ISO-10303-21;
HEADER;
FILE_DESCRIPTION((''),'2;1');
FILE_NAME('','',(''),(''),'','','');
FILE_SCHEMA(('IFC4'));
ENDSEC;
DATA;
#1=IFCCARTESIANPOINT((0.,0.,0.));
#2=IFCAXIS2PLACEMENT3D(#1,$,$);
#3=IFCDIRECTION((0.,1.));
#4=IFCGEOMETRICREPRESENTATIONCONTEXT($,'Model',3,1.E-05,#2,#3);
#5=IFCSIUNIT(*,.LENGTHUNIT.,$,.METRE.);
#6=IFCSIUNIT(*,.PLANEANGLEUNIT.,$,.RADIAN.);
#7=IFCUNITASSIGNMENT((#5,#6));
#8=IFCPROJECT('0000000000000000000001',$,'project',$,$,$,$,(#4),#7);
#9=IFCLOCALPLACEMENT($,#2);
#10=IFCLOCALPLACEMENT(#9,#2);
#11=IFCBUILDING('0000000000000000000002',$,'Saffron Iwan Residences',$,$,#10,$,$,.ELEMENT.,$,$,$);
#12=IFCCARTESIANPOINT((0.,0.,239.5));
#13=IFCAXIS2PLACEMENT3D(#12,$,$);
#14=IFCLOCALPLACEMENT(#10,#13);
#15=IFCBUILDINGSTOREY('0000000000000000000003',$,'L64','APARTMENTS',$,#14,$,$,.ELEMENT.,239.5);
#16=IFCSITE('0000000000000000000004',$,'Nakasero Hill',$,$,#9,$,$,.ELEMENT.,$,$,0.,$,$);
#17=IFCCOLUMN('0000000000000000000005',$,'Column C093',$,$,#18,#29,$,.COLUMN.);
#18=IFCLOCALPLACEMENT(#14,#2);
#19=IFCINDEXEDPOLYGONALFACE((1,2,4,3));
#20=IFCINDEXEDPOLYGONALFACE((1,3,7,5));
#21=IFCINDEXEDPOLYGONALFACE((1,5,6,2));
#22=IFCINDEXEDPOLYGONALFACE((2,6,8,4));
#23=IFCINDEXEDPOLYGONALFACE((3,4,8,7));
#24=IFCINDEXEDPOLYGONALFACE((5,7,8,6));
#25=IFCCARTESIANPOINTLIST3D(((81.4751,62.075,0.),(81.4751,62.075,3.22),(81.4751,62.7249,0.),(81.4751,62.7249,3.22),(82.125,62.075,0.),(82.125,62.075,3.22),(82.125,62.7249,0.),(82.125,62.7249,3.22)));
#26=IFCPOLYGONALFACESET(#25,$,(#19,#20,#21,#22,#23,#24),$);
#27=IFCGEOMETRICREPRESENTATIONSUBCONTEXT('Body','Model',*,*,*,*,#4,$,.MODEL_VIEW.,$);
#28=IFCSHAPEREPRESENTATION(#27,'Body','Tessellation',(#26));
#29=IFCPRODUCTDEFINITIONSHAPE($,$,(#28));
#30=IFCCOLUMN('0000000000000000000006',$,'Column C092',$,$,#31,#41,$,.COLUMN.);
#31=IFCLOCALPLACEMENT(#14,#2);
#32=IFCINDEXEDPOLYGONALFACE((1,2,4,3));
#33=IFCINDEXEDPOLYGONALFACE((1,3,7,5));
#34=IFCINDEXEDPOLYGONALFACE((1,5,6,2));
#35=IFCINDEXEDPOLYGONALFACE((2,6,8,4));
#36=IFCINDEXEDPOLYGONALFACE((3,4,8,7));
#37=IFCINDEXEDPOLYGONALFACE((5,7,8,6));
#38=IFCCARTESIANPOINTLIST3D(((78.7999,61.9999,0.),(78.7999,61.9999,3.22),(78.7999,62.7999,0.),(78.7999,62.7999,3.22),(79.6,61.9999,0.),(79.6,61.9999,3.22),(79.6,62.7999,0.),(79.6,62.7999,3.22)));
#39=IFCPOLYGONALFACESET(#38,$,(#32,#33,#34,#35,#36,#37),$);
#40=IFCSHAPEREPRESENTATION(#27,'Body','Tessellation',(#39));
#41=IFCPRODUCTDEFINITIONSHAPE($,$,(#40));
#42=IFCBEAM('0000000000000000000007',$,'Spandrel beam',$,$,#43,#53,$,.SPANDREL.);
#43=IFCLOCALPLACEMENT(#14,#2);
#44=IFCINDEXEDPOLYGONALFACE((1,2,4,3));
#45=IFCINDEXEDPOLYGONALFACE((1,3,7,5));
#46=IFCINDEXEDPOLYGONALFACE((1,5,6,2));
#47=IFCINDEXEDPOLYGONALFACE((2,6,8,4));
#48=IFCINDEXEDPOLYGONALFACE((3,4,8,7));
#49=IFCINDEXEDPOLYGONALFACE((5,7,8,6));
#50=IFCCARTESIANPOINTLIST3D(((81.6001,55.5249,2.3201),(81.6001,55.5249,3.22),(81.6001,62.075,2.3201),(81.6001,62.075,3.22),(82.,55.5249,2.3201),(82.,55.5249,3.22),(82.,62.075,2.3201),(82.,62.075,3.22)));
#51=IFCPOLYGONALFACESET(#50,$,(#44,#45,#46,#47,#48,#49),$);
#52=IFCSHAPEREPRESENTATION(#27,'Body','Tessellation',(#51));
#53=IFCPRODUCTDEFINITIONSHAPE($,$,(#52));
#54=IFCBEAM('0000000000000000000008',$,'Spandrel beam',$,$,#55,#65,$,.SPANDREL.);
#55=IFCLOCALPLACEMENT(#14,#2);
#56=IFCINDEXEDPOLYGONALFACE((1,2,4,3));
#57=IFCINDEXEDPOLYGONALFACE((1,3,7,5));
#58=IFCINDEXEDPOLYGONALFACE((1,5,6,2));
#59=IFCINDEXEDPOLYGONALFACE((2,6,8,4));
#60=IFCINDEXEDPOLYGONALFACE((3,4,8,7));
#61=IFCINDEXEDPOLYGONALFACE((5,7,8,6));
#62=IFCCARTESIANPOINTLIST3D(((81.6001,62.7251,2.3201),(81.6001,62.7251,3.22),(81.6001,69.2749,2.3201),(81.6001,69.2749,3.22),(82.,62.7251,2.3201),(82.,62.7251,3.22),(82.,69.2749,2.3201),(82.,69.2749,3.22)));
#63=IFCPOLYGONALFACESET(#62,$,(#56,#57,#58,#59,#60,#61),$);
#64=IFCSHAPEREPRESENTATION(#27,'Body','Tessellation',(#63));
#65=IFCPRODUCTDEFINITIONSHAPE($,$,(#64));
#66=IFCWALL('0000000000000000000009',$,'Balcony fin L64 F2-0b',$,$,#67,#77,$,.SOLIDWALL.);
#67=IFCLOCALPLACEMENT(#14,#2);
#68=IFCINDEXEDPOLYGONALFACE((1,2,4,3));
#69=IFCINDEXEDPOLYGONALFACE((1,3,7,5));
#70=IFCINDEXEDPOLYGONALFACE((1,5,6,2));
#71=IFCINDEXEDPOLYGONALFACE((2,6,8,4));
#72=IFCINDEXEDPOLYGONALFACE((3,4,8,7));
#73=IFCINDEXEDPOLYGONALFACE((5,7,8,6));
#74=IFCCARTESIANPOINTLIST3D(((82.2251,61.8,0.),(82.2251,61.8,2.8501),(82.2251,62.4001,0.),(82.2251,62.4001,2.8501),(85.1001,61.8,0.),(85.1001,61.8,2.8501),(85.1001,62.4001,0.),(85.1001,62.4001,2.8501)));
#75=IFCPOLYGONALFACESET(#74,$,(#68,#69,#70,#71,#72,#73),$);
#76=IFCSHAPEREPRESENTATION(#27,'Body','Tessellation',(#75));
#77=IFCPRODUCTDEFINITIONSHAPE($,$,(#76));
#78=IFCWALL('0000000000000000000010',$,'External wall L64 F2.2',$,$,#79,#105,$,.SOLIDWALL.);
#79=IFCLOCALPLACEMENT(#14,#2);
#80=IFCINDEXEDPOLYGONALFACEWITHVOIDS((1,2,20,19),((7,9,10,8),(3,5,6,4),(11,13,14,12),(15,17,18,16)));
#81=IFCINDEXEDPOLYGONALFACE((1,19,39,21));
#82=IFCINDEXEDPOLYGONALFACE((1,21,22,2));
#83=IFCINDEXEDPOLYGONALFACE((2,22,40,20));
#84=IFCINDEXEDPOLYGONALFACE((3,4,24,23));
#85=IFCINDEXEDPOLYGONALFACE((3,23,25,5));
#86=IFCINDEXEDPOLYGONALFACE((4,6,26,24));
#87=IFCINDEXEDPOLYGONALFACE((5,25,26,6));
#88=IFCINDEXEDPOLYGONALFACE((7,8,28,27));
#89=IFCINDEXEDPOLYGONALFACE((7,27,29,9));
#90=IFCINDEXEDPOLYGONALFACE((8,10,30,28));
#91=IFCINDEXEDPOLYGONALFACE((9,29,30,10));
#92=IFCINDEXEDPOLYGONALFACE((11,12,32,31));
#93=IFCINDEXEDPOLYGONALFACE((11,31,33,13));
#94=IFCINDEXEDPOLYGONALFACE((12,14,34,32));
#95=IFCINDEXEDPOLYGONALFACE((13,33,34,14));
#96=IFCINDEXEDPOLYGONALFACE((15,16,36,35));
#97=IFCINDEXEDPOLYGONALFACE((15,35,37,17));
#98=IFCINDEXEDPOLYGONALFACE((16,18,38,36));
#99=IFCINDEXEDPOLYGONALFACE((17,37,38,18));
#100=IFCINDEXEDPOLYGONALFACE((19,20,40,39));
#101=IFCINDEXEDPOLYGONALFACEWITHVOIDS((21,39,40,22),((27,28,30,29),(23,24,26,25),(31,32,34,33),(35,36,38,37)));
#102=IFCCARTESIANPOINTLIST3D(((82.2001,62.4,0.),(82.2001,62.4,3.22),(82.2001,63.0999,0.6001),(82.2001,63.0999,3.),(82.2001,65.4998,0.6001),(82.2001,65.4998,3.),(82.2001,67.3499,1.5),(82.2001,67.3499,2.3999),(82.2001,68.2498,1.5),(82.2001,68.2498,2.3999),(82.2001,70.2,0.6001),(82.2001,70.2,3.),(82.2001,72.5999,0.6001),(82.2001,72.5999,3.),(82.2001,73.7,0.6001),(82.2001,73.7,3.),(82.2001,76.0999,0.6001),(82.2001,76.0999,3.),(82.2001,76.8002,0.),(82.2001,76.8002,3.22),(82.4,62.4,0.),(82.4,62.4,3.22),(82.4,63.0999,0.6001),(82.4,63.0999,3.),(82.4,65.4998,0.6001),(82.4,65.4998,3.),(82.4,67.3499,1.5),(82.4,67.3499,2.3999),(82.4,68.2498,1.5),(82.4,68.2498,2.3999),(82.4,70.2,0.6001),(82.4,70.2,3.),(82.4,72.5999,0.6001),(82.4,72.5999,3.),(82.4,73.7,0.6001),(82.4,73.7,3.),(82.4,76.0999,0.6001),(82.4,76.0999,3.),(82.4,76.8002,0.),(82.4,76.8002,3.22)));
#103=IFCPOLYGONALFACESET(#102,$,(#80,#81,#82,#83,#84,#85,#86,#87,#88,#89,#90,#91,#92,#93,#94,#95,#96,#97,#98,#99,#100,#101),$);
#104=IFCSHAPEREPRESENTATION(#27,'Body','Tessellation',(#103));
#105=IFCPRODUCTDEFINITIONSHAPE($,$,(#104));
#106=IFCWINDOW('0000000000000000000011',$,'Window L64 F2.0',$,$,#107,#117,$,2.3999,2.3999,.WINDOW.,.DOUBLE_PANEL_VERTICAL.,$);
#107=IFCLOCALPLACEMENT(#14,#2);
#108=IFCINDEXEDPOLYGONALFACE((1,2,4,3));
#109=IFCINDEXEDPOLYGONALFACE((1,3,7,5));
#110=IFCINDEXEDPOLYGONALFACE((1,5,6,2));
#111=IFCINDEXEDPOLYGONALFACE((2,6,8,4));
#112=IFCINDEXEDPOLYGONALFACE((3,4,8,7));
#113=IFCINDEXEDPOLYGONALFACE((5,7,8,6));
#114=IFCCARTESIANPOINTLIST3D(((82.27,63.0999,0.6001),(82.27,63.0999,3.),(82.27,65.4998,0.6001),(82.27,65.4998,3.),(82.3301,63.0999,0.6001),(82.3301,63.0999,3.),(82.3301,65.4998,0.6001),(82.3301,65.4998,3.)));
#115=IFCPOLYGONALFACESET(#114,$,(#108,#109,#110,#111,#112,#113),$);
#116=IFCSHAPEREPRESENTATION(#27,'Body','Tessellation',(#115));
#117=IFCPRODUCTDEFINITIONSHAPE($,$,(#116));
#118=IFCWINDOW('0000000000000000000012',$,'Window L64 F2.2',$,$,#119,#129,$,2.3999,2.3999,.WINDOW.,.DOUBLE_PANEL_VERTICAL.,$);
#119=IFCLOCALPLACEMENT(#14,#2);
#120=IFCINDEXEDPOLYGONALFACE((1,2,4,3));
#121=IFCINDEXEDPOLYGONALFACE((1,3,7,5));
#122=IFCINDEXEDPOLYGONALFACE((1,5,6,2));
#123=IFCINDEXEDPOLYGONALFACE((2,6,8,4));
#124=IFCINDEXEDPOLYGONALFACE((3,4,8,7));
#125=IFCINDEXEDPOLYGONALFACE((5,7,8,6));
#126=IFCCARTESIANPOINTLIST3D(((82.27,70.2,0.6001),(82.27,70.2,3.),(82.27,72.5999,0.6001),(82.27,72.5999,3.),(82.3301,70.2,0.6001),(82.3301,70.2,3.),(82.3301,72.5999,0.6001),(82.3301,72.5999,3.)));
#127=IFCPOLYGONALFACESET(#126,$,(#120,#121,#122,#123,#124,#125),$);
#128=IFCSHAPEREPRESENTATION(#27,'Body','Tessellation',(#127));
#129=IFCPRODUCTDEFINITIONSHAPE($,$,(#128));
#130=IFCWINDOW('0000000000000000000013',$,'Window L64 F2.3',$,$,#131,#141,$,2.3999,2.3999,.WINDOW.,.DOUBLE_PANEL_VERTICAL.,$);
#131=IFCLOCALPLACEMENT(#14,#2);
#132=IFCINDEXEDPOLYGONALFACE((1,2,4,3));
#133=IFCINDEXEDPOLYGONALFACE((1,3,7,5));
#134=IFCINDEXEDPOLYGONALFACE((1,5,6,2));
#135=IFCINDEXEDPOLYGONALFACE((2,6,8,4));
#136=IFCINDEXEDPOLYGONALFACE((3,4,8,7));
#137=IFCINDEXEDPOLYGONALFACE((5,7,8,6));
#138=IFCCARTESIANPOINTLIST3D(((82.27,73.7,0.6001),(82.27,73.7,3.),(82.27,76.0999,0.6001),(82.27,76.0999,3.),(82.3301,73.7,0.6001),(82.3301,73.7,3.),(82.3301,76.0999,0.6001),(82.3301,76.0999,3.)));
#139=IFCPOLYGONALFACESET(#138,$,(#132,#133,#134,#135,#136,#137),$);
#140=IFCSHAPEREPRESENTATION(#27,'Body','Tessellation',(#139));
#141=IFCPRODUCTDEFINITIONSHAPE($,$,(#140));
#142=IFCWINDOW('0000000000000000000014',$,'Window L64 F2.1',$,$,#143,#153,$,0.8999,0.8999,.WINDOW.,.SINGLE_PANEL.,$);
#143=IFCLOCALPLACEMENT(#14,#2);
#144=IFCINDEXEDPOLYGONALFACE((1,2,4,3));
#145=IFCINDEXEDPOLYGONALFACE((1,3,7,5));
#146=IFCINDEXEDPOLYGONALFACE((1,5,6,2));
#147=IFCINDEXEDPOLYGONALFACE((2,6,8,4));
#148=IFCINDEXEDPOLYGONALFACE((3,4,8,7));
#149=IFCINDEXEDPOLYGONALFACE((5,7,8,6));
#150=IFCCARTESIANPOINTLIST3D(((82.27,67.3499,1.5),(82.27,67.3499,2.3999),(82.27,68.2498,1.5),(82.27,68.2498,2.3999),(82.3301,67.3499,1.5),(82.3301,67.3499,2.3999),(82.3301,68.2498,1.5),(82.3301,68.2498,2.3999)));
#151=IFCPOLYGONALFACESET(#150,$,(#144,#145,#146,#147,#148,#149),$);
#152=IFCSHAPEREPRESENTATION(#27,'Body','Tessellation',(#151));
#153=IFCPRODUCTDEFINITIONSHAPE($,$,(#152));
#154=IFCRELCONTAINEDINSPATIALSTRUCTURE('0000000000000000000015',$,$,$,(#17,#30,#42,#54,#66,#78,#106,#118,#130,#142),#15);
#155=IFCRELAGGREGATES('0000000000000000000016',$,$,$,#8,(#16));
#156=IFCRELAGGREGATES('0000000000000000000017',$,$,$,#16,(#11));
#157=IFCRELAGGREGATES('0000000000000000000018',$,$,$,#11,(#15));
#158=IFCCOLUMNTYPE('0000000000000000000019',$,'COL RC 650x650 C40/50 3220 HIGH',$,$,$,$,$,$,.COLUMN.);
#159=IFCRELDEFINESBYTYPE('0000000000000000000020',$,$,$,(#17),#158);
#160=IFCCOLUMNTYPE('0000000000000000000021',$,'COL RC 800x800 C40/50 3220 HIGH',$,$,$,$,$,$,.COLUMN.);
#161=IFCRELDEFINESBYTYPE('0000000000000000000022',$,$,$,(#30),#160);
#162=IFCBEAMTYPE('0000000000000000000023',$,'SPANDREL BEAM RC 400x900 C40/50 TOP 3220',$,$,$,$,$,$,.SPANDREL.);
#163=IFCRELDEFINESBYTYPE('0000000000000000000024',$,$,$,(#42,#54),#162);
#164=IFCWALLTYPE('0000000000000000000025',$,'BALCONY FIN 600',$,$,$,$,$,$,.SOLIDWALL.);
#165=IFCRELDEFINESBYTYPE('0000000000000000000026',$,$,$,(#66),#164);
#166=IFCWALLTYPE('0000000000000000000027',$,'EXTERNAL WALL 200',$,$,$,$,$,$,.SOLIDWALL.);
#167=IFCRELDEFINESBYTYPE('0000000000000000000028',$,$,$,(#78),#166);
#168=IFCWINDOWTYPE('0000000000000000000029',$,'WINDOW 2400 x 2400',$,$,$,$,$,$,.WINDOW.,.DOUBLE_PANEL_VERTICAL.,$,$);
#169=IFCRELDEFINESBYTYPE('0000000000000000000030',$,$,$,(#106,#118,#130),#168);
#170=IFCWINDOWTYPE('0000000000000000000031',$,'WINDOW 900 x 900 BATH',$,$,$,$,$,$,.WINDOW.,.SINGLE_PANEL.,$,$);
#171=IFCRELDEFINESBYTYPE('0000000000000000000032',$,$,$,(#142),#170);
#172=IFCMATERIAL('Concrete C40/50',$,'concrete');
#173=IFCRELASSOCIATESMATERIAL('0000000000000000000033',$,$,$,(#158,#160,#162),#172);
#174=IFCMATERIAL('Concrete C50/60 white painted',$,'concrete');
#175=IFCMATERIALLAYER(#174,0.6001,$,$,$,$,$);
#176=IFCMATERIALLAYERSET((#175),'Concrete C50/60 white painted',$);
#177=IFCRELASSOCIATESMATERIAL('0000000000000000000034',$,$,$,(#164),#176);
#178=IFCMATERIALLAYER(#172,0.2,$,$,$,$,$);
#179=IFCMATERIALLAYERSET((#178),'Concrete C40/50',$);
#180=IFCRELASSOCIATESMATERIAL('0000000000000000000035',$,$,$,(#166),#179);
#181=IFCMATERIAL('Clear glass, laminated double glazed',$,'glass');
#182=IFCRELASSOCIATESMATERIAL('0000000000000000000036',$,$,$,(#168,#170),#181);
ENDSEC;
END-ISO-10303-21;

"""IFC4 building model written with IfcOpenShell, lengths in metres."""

from ifc_helpers import new_model, si_unit, direction, frame, frame_2d, origin, origin_2d, place, context, subcontext, project, spatial, rectangle, extrude, source, transform, mapped, material, layer, layer_set, material_profile, profile_set, type_object, element, fill, save


model = new_model("IFC4")

# Units and contexts
model_context = context("Model", 3, precision=1e-05, world=origin(), true_north=direction((0.0, 1.0)))
body_context = subcontext(model_context, "Body", "Model", "MODEL_VIEW")
ifc_project = project(units=[si_unit("LENGTHUNIT", "METRE"), si_unit("PLANEANGLEUNIT", "RADIAN")], contexts=[model_context])

# Site, building, storey
site_placement = place(None, origin())
site = spatial("IfcSite", under=ifc_project, at=site_placement, Name="Nakasero Hill", CompositionType="ELEMENT", RefElevation=0.0)
building_placement = place(site_placement, origin())
building = spatial("IfcBuilding", under=site, at=building_placement, Name="Saffron Iwan Residences", CompositionType="ELEMENT")
storey_placement = place(building_placement, frame((0.0, 0.0, 239.5)))
storey = spatial("IfcBuildingStorey", under=building, at=storey_placement, Name="L64", Description="APARTMENTS", CompositionType="ELEMENT", Elevation=239.5)

# Columns
ifc_material_1 = material(Name="Concrete C40/50", Category="concrete")
ifc_material_profile_1 = material_profile(ifc_material_1, rectangle(XDim=0.6499, YDim=0.6499, at=origin_2d()), Name="RC 650x650")
ifc_profile_set_1 = profile_set([ifc_material_profile_1], Name="Concrete C40/50")
column_type_1 = type_object("IfcColumnType", Name="COL RC 650x650 C40/50 3220 HIGH", PredefinedType="COLUMN", material=ifc_profile_set_1)
shared_shape_1 = source(origin(), body_context, "Body", "SweptSolid", [
    extrude(rectangle(XDim=0.6499, YDim=0.6499, at=origin_2d()), origin(), (0.0, 0.0, 1.0), 3.22),
])
column_1_placement = place(storey_placement, frame((81.8, 62.3999, 0.0), z_axis=(0.0, 0.0, 1.0), x_axis=(1.0, 0.0, 0.0)))
element("IfcColumn", 1, at=column_1_placement, inside=storey, type_object=column_type_1, Name="Column C093", PredefinedType="COLUMN", context=body_context, shape_type="MappedRepresentation", body=[
    mapped(shared_shape_1, transform((0.0, 0.0, 0.0))),
])
ifc_material_profile_2 = material_profile(ifc_material_1, rectangle(XDim=0.8, YDim=0.8, at=origin_2d()), Name="RC 800x800")
ifc_profile_set_2 = profile_set([ifc_material_profile_2], Name="Concrete C40/50")
column_type_2 = type_object("IfcColumnType", Name="COL RC 800x800 C40/50 3220 HIGH", PredefinedType="COLUMN", material=ifc_profile_set_2)
shared_shape_2 = source(origin(), body_context, "Body", "SweptSolid", [
    extrude(rectangle(XDim=0.8, YDim=0.8, at=origin_2d()), origin(), (0.0, 0.0, 1.0), 3.22),
])
column_2_placement = place(storey_placement, frame((79.2, 62.3999, 0.0), z_axis=(0.0, 0.0, 1.0), x_axis=(1.0, 0.0, 0.0)))
element("IfcColumn", 2, at=column_2_placement, inside=storey, type_object=column_type_2, Name="Column C092", PredefinedType="COLUMN", context=body_context, shape_type="MappedRepresentation", body=[
    mapped(shared_shape_2, transform((0.0, 0.0, 0.0))),
])

# Beams
ifc_material_profile_3 = material_profile(ifc_material_1, rectangle(XDim=0.3999, YDim=0.8999, at=origin_2d()), Name="RC 400x900")
ifc_profile_set_3 = profile_set([ifc_material_profile_3], Name="Concrete C40/50")
beam_type = type_object("IfcBeamType", Name="SPANDREL BEAM RC 400x900 C40/50 TOP 3220", PredefinedType="SPANDREL", material=ifc_profile_set_3)
shared_shape_3 = source(origin(), body_context, "Body", "SweptSolid", [
    extrude(rectangle(XDim=0.3999, YDim=0.8999, at=origin_2d()), origin(), (0.0, 0.0, 1.0), 6.55),
])
beam_1_placement = place(storey_placement, frame((81.8, 62.075, 2.77), z_axis=(0.0, -1.0, 0.0), x_axis=(1.0, 0.0, 0.0)))
element("IfcBeam", 3, at=beam_1_placement, inside=storey, type_object=beam_type, Name="Spandrel beam", PredefinedType="SPANDREL", context=body_context, shape_type="MappedRepresentation", body=[
    mapped(shared_shape_3, transform((0.0, 0.0, 0.0))),
])
shared_shape_4 = source(origin(), body_context, "Body", "SweptSolid", [
    extrude(rectangle(XDim=0.3999, YDim=0.8999, at=origin_2d()), origin(), (0.0, 0.0, 1.0), 6.5498),
])
beam_2_placement = place(storey_placement, frame((81.8, 69.2749, 2.77), z_axis=(0.0, -1.0, 0.0), x_axis=(1.0, 0.0, 0.0)))
element("IfcBeam", 4, at=beam_2_placement, inside=storey, type_object=beam_type, Name="Spandrel beam", PredefinedType="SPANDREL", context=body_context, shape_type="MappedRepresentation", body=[
    mapped(shared_shape_4, transform((0.0, 0.0, 0.0))),
])

# Wall
ifc_material_2 = material(Name="Concrete C50/60 white painted", Category="concrete")
ifc_layer_1 = layer(ifc_material_2, 0.6001)
ifc_layer_set_1 = layer_set([ifc_layer_1], Name="Concrete C50/60 white painted")
wall_type_1 = type_object("IfcWallType", Name="BALCONY FIN 600", PredefinedType="SOLIDWALL", material=ifc_layer_set_1)
wall_1_placement = place(storey_placement, frame((82.2251, 62.1001, 0.0), z_axis=(0.0, 0.0, 1.0), x_axis=(1.0, 0.0, 0.0)))
element("IfcWall", 5, at=wall_1_placement, inside=storey, type_object=wall_type_1, Name="Balcony fin L64 F2-0b", PredefinedType="SOLIDWALL", context=body_context, shape_type="SweptSolid", body=[
    extrude(rectangle(XDim=2.875, YDim=0.6001, at=frame_2d((1.4375, 0.0))), origin(), (0.0, 0.0, 1.0), 2.8501),
])

# Wall, openings, windows
ifc_layer_2 = layer(ifc_material_1, 0.2)
ifc_layer_set_2 = layer_set([ifc_layer_2], Name="Concrete C40/50")
wall_type_2 = type_object("IfcWallType", Name="EXTERNAL WALL 200", PredefinedType="SOLIDWALL", material=ifc_layer_set_2)
wall_2_placement = place(storey_placement, frame((82.3, 62.3999, 0.0), z_axis=(0.0, 0.0, 1.0), x_axis=(0.0, 1.0, 0.0)))
wall_2 = element("IfcWall", 6, at=wall_2_placement, inside=storey, type_object=wall_type_2, Name="External wall L64 F2.2", PredefinedType="SOLIDWALL", context=body_context, shape_type="SweptSolid", body=[
    extrude(rectangle(XDim=14.4001, YDim=0.2, at=frame_2d((7.2002, 0.0))), origin(), (0.0, 0.0, 1.0), 3.22),
])
opening_1_placement = place(wall_2_placement, frame((0.7, 0.0, 0.6001)))
opening_1 = element("IfcOpeningElement", 7, at=opening_1_placement, cuts=wall_2, PredefinedType="OPENING", context=body_context, shape_type="SweptSolid", body=[
    extrude(rectangle(XDim=2.3999, YDim=2.3999, at=frame_2d((1.2, 1.2))), frame((0.0, 0.1099, 0.0), z_axis=(0.0, -1.0, 0.0), x_axis=(1.0, 0.0, 0.0)), (0.0, 0.0, 1.0), 0.22),
])
opening_2_placement = place(wall_2_placement, frame((4.95, 0.0, 1.5)))
opening_2 = element("IfcOpeningElement", 8, at=opening_2_placement, cuts=wall_2, PredefinedType="OPENING", context=body_context, shape_type="SweptSolid", body=[
    extrude(rectangle(XDim=0.8999, YDim=0.8999, at=frame_2d((0.45, 0.45))), frame((0.0, 0.1099, 0.0), z_axis=(0.0, -1.0, 0.0), x_axis=(1.0, 0.0, 0.0)), (0.0, 0.0, 1.0), 0.22),
])
opening_3_placement = place(wall_2_placement, frame((7.8, 0.0, 0.6001)))
opening_3 = element("IfcOpeningElement", 9, at=opening_3_placement, cuts=wall_2, PredefinedType="OPENING", context=body_context, shape_type="SweptSolid", body=[
    extrude(rectangle(XDim=2.3999, YDim=2.3999, at=frame_2d((1.2, 1.2))), frame((0.0, 0.1099, 0.0), z_axis=(0.0, -1.0, 0.0), x_axis=(1.0, 0.0, 0.0)), (0.0, 0.0, 1.0), 0.22),
])
opening_4_placement = place(wall_2_placement, frame((11.3, 0.0, 0.6001)))
opening_4 = element("IfcOpeningElement", 10, at=opening_4_placement, cuts=wall_2, PredefinedType="OPENING", context=body_context, shape_type="SweptSolid", body=[
    extrude(rectangle(XDim=2.3999, YDim=2.3999, at=frame_2d((1.2, 1.2))), frame((0.0, 0.1099, 0.0), z_axis=(0.0, -1.0, 0.0), x_axis=(1.0, 0.0, 0.0)), (0.0, 0.0, 1.0), 0.22),
])
ifc_material_3 = material(Name="Clear glass, laminated double glazed", Category="glass")
window_type_1 = type_object("IfcWindowType", Name="WINDOW 2400 x 2400", PartitioningType="DOUBLE_PANEL_VERTICAL", PredefinedType="WINDOW", material=ifc_material_3)
window_1_placement = place(opening_1_placement, origin())
window_1 = element("IfcWindow", 11, at=window_1_placement, inside=storey, type_object=window_type_1, Name="Window L64 F2.0", OverallHeight=2.3999, OverallWidth=2.3999, PartitioningType="DOUBLE_PANEL_VERTICAL", PredefinedType="WINDOW", context=body_context, shape_type="SweptSolid", body=[
    extrude(rectangle(XDim=2.3999, YDim=2.3999, at=frame_2d((1.2, 1.2))), frame((0.0, 0.03, 0.0), z_axis=(0.0, -1.0, 0.0), x_axis=(1.0, 0.0, 0.0)), (0.0, 0.0, 1.0), 0.0601),
])
fill(opening_1, window_1)
window_2_placement = place(opening_3_placement, origin())
window_2 = element("IfcWindow", 12, at=window_2_placement, inside=storey, type_object=window_type_1, Name="Window L64 F2.2", OverallHeight=2.3999, OverallWidth=2.3999, PartitioningType="DOUBLE_PANEL_VERTICAL", PredefinedType="WINDOW", context=body_context, shape_type="SweptSolid", body=[
    extrude(rectangle(XDim=2.3999, YDim=2.3999, at=frame_2d((1.2, 1.2))), frame((0.0, 0.03, 0.0), z_axis=(0.0, -1.0, 0.0), x_axis=(1.0, 0.0, 0.0)), (0.0, 0.0, 1.0), 0.0601),
])
fill(opening_3, window_2)
window_3_placement = place(opening_4_placement, origin())
window_3 = element("IfcWindow", 13, at=window_3_placement, inside=storey, type_object=window_type_1, Name="Window L64 F2.3", OverallHeight=2.3999, OverallWidth=2.3999, PartitioningType="DOUBLE_PANEL_VERTICAL", PredefinedType="WINDOW", context=body_context, shape_type="SweptSolid", body=[
    extrude(rectangle(XDim=2.3999, YDim=2.3999, at=frame_2d((1.2, 1.2))), frame((0.0, 0.03, 0.0), z_axis=(0.0, -1.0, 0.0), x_axis=(1.0, 0.0, 0.0)), (0.0, 0.0, 1.0), 0.0601),
])
fill(opening_4, window_3)
window_type_2 = type_object("IfcWindowType", Name="WINDOW 900 x 900 BATH", PartitioningType="SINGLE_PANEL", PredefinedType="WINDOW", material=ifc_material_3)
window_4_placement = place(opening_2_placement, origin())
window_4 = element("IfcWindow", 14, at=window_4_placement, inside=storey, type_object=window_type_2, Name="Window L64 F2.1", OverallHeight=0.8999, OverallWidth=0.8999, PartitioningType="SINGLE_PANEL", PredefinedType="WINDOW", context=body_context, shape_type="SweptSolid", body=[
    extrude(rectangle(XDim=0.8999, YDim=0.8999, at=frame_2d((0.45, 0.45))), frame((0.0, 0.03, 0.0), z_axis=(0.0, -1.0, 0.0), x_axis=(1.0, 0.0, 0.0)), (0.0, 0.0, 1.0), 0.0601),
])
fill(opening_2, window_4)

save(model, "model.ifc")
